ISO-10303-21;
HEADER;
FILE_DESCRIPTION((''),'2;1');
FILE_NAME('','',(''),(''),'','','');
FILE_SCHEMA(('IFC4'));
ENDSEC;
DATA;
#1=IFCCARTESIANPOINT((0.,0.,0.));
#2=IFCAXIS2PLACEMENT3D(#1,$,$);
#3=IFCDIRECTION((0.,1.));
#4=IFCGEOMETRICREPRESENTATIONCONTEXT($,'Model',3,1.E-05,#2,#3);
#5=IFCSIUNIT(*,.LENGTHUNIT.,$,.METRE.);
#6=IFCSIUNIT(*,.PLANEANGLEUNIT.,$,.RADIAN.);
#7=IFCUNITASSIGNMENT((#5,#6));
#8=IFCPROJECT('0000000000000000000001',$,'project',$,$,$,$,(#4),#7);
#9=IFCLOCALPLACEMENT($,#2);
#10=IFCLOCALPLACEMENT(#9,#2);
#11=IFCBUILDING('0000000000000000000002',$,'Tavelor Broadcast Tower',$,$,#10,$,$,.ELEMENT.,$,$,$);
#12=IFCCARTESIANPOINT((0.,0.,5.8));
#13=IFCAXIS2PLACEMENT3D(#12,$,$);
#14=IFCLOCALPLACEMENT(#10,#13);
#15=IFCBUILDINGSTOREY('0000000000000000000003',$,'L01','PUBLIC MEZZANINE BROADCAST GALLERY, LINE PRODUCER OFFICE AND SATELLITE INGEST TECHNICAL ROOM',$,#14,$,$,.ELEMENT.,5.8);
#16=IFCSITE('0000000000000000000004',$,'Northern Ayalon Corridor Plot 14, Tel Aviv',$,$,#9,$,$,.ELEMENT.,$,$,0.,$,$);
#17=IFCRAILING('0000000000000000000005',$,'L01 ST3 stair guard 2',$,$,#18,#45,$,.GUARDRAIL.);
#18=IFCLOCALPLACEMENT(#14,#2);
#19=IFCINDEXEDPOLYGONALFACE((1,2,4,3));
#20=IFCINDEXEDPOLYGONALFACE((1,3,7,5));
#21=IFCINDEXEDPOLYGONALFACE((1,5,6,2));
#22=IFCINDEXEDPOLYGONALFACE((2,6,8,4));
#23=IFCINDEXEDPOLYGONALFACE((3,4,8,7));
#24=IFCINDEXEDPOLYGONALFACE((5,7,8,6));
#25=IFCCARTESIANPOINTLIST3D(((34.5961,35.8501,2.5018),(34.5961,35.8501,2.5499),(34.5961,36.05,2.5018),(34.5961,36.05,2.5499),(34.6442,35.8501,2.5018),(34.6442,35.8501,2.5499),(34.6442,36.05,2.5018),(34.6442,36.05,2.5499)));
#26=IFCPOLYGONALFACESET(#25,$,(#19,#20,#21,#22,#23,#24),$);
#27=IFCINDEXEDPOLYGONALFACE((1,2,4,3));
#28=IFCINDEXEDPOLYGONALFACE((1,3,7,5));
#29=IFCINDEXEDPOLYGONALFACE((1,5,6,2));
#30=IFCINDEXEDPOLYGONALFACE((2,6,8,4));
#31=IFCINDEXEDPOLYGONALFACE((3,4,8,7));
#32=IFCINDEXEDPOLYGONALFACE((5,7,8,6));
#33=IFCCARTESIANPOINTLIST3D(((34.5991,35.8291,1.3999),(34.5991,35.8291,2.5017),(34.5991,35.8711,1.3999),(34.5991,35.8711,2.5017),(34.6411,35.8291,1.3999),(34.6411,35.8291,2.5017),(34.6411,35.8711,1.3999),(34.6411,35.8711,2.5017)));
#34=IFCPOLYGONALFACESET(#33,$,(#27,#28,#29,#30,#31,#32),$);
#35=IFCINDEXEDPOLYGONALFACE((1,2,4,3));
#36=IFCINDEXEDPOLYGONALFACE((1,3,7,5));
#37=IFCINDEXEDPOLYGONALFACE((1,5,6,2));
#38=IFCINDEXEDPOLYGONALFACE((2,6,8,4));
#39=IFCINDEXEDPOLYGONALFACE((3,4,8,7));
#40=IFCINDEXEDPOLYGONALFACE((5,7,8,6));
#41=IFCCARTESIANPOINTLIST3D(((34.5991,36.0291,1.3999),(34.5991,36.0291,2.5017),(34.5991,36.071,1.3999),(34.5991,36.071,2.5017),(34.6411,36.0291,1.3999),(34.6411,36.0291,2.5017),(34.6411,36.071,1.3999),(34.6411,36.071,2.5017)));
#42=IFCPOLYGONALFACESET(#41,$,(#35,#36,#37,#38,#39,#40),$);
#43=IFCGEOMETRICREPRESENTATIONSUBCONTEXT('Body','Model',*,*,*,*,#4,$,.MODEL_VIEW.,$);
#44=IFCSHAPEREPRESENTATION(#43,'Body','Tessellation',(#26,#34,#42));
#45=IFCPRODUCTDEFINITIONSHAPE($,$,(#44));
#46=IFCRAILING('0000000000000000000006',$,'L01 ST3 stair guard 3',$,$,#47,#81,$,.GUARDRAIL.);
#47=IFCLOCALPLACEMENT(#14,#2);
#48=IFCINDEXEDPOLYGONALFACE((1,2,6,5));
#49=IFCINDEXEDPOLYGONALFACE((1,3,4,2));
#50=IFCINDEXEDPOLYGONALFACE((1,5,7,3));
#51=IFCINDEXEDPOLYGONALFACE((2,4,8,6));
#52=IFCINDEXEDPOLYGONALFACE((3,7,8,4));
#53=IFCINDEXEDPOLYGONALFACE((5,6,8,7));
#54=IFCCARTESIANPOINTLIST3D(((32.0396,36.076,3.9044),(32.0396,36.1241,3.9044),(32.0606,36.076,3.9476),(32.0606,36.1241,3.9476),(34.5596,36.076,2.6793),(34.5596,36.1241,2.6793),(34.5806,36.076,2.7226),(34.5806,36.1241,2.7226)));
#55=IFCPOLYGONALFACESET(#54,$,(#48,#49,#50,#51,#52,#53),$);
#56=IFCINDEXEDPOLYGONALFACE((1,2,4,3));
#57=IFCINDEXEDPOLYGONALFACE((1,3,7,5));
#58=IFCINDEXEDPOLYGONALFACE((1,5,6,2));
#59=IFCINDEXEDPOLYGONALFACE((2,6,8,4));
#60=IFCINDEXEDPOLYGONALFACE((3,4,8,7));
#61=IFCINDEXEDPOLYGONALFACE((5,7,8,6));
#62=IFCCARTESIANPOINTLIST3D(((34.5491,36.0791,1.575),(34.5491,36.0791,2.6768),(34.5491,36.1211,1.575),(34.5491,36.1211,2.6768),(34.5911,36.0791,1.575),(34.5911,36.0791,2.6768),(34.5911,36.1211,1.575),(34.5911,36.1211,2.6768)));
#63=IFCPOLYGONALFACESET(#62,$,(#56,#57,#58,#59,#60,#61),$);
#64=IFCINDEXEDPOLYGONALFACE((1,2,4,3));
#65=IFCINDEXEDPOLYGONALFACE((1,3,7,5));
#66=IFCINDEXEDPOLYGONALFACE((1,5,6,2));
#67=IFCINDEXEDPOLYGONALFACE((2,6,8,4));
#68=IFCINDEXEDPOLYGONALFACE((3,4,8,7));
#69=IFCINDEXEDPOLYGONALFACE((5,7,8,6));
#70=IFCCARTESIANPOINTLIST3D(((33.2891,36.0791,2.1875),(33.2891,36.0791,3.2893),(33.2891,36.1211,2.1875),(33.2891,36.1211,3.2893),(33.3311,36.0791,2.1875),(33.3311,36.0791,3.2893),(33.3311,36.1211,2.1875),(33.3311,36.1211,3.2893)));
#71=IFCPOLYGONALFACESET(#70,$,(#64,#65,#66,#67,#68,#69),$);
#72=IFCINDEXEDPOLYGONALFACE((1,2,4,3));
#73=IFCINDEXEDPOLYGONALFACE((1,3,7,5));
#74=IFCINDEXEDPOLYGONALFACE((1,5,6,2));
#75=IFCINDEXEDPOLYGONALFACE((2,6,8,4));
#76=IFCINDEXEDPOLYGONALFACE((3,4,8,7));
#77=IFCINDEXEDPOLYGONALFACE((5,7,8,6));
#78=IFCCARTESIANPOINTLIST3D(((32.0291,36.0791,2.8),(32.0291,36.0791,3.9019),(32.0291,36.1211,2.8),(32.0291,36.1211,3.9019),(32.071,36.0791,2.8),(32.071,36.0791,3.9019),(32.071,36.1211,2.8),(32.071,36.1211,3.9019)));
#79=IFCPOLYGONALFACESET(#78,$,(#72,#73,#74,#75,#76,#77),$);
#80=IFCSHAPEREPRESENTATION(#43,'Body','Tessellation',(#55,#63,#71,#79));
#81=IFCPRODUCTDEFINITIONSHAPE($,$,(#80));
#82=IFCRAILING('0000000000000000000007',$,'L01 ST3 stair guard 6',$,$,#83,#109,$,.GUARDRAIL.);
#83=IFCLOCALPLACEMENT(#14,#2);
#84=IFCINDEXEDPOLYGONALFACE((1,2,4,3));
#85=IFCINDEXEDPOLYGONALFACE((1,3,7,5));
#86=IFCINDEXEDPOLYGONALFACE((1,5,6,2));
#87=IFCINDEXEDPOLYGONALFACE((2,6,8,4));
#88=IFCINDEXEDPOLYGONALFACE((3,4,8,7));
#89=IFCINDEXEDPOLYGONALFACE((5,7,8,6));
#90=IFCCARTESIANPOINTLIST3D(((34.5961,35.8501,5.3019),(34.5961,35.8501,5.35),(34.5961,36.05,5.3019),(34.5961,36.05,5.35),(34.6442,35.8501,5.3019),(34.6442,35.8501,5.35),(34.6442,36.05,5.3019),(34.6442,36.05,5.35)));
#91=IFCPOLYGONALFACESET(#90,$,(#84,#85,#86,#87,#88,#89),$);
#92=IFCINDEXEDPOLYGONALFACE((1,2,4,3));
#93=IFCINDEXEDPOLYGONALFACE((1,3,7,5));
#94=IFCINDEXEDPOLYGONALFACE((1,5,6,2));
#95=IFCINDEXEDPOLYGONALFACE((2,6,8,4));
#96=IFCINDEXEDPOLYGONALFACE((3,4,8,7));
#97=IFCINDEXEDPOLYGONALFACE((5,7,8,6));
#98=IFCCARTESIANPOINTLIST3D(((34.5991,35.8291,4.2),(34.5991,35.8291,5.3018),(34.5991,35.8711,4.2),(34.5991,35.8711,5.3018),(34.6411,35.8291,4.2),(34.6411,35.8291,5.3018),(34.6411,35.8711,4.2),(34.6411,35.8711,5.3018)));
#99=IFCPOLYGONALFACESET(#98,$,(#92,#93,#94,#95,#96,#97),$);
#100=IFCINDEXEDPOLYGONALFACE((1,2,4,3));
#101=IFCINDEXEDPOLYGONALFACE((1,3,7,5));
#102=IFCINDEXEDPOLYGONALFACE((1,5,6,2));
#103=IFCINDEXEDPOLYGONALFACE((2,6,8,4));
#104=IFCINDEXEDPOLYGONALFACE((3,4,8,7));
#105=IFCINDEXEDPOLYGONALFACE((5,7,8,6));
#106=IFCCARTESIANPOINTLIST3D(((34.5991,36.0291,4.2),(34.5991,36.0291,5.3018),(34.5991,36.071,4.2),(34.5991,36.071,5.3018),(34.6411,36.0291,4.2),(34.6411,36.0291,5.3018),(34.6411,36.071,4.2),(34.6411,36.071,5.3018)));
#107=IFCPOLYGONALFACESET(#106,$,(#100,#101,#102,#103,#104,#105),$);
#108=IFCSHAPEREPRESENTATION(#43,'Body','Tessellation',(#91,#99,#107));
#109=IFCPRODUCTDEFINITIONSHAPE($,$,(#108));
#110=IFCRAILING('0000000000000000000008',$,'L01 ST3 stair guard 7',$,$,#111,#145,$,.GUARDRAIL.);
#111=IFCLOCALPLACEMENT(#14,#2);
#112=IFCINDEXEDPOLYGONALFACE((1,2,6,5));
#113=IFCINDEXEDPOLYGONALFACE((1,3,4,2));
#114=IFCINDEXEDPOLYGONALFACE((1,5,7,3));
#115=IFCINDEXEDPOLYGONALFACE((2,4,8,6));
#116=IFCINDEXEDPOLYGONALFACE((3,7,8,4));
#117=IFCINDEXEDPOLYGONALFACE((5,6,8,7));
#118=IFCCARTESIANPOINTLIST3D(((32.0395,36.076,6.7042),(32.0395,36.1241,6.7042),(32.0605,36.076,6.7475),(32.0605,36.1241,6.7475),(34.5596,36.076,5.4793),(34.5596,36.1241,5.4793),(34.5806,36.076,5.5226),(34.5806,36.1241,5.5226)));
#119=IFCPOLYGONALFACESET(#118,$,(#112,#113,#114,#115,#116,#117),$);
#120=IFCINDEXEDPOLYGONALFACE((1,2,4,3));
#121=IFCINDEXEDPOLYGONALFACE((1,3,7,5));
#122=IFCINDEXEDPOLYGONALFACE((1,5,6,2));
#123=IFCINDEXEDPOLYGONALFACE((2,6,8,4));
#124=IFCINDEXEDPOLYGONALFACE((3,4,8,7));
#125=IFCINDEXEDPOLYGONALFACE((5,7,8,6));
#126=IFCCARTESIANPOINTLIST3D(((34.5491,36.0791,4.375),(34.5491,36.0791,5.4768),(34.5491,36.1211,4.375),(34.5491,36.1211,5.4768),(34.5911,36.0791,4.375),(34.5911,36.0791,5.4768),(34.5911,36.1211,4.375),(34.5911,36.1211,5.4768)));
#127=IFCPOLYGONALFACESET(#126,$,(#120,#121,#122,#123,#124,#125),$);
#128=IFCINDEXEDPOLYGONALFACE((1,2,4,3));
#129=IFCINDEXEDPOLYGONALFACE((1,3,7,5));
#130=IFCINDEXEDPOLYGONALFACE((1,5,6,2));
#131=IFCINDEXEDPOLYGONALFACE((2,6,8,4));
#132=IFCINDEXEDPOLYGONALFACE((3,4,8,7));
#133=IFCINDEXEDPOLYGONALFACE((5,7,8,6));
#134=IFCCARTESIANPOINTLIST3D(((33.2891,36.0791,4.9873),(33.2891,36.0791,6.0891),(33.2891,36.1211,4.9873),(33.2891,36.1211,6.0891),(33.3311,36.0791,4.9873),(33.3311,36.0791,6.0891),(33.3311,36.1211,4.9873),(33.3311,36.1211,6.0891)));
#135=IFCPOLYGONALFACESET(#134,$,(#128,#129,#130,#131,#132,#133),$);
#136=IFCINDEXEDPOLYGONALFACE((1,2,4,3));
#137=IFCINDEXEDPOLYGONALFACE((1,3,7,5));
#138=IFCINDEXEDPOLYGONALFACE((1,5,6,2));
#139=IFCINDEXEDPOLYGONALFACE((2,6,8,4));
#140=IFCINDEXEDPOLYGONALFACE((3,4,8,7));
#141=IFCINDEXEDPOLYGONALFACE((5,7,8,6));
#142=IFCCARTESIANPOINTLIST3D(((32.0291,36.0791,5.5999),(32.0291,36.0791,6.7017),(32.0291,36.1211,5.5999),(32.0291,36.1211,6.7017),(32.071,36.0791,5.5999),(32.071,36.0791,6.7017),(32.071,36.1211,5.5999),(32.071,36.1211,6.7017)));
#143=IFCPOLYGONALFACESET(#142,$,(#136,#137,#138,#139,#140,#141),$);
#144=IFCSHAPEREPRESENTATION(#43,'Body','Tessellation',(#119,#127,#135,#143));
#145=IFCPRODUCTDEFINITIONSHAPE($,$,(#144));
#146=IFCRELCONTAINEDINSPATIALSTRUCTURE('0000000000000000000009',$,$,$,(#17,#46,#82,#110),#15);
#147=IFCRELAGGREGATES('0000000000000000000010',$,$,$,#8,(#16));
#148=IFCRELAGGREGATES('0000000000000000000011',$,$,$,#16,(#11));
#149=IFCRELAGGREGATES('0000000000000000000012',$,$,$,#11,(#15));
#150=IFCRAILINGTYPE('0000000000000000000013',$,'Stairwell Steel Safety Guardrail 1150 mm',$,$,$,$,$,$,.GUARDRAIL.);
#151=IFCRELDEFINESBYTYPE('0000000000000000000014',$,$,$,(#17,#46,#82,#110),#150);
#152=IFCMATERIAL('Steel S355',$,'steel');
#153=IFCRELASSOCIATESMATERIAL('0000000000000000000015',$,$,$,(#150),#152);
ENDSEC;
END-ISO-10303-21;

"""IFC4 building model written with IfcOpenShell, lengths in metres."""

from ifc_helpers import new_model, si_unit, direction, frame, origin, origin_2d, place, context, subcontext, project, spatial, rectangle, extrude, material, type_object, element, save


model = new_model("IFC4")

# Units and contexts
model_context = context("Model", 3, precision=1e-05, world=origin(), true_north=direction((0.0, 1.0)))
body_context = subcontext(model_context, "Body", "Model", "MODEL_VIEW")
ifc_project = project(units=[si_unit("LENGTHUNIT", "METRE"), si_unit("PLANEANGLEUNIT", "RADIAN")], contexts=[model_context])

# Site, building, storey
site_placement = place(None, origin())
site = spatial("IfcSite", under=ifc_project, at=site_placement, Name="Northern Ayalon Corridor Plot 14, Tel Aviv", CompositionType="ELEMENT", RefElevation=0.0)
building_placement = place(site_placement, origin())
building = spatial("IfcBuilding", under=site, at=building_placement, Name="Tavelor Broadcast Tower", CompositionType="ELEMENT")
storey_placement = place(building_placement, frame((0.0, 0.0, 5.8)))
storey = spatial("IfcBuildingStorey", under=building, at=storey_placement, Name="L01", Description="PUBLIC MEZZANINE BROADCAST GALLERY, LINE PRODUCER OFFICE AND SATELLITE INGEST TECHNICAL ROOM", CompositionType="ELEMENT", Elevation=5.8)

# Shared definitions
ifc_material_1 = material(Name="Steel S355", Category="steel")

# Railings
railing_type_1 = type_object("IfcRailingType", Name="Stairwell Steel Safety Guardrail 1150 mm", PredefinedType="GUARDRAIL", material=ifc_material_1)
railing_1_placement = place(storey_placement, frame((34.6201, 35.8501, 1.3999)))
element("IfcRailing", 1, at=railing_1_placement, inside=storey, type_object=railing_type_1, Name="L01 ST3 stair guard 2", PredefinedType="GUARDRAIL", context=body_context, shape_type="SweptSolid", body=[
    extrude(rectangle(XDim=0.0481, YDim=0.0481, at=origin_2d()), frame((0.0, 0.0, 1.126), z_axis=(0.0, 1.0, 0.0), x_axis=(-1.0, 0.0, 0.0)), (0.0, 0.0, 1.0), 0.2),
    extrude(rectangle(XDim=0.042, YDim=0.042, at=origin_2d()), origin(), (0.0, 0.0, 1.0), 1.1018),
    extrude(rectangle(XDim=0.042, YDim=0.042, at=origin_2d()), frame((0.0, 0.2, 0.0)), (0.0, 0.0, 1.0), 1.1018),
])
railing_2_placement = place(storey_placement, frame((34.5701, 36.1001, 1.575)))
element("IfcRailing", 2, at=railing_2_placement, inside=storey, type_object=railing_type_1, Name="L01 ST3 stair guard 3", PredefinedType="GUARDRAIL", context=body_context, shape_type="SweptSolid", body=[
    extrude(rectangle(XDim=0.0481, YDim=0.0481, at=origin_2d()), frame((0.0, 0.0, 1.126), z_axis=(-0.899355, 0.0, 0.437218), x_axis=(0.0, -1.0, 0.0)), (0.0, 0.0, 1.0), 2.802),
    extrude(rectangle(XDim=0.042, YDim=0.042, at=origin_2d()), origin(), (0.0, 0.0, 1.0), 1.1018),
    extrude(rectangle(XDim=0.042, YDim=0.042, at=origin_2d()), frame((-1.26, 0.0, 0.6125)), (0.0, 0.0, 1.0), 1.1018),
    extrude(rectangle(XDim=0.042, YDim=0.042, at=origin_2d()), frame((-2.52, 0.0, 1.2251)), (0.0, 0.0, 1.0), 1.1018),
])
railing_3_placement = place(storey_placement, frame((34.6201, 35.8501, 4.2)))
element("IfcRailing", 3, at=railing_3_placement, inside=storey, type_object=railing_type_1, Name="L01 ST3 stair guard 6", PredefinedType="GUARDRAIL", context=body_context, shape_type="SweptSolid", body=[
    extrude(rectangle(XDim=0.0481, YDim=0.0481, at=origin_2d()), frame((0.0, 0.0, 1.126), z_axis=(0.0, 1.0, 0.0), x_axis=(-1.0, 0.0, 0.0)), (0.0, 0.0, 1.0), 0.2),
    extrude(rectangle(XDim=0.042, YDim=0.042, at=origin_2d()), origin(), (0.0, 0.0, 1.0), 1.1018),
    extrude(rectangle(XDim=0.042, YDim=0.042, at=origin_2d()), frame((0.0, 0.2, 0.0)), (0.0, 0.0, 1.0), 1.1018),
])
railing_4_placement = place(storey_placement, frame((34.5701, 36.1001, 4.375)))
element("IfcRailing", 4, at=railing_4_placement, inside=storey, type_object=railing_type_1, Name="L01 ST3 stair guard 7", PredefinedType="GUARDRAIL", context=body_context, shape_type="SweptSolid", body=[
    extrude(rectangle(XDim=0.0481, YDim=0.0481, at=origin_2d()), frame((0.0, 0.0, 1.126), z_axis=(-0.89939, 0.0, 0.437148), x_axis=(0.0, -1.0, 0.0)), (0.0, 0.0, 1.0), 2.802),
    extrude(rectangle(XDim=0.042, YDim=0.042, at=origin_2d()), origin(), (0.0, 0.0, 1.0), 1.1018),
    extrude(rectangle(XDim=0.042, YDim=0.042, at=origin_2d()), frame((-1.26, 0.0, 0.6123)), (0.0, 0.0, 1.0), 1.1018),
    extrude(rectangle(XDim=0.042, YDim=0.042, at=origin_2d()), frame((-2.52, 0.0, 1.2249)), (0.0, 0.0, 1.0), 1.1018),
])

save(model, "model.ifc")
